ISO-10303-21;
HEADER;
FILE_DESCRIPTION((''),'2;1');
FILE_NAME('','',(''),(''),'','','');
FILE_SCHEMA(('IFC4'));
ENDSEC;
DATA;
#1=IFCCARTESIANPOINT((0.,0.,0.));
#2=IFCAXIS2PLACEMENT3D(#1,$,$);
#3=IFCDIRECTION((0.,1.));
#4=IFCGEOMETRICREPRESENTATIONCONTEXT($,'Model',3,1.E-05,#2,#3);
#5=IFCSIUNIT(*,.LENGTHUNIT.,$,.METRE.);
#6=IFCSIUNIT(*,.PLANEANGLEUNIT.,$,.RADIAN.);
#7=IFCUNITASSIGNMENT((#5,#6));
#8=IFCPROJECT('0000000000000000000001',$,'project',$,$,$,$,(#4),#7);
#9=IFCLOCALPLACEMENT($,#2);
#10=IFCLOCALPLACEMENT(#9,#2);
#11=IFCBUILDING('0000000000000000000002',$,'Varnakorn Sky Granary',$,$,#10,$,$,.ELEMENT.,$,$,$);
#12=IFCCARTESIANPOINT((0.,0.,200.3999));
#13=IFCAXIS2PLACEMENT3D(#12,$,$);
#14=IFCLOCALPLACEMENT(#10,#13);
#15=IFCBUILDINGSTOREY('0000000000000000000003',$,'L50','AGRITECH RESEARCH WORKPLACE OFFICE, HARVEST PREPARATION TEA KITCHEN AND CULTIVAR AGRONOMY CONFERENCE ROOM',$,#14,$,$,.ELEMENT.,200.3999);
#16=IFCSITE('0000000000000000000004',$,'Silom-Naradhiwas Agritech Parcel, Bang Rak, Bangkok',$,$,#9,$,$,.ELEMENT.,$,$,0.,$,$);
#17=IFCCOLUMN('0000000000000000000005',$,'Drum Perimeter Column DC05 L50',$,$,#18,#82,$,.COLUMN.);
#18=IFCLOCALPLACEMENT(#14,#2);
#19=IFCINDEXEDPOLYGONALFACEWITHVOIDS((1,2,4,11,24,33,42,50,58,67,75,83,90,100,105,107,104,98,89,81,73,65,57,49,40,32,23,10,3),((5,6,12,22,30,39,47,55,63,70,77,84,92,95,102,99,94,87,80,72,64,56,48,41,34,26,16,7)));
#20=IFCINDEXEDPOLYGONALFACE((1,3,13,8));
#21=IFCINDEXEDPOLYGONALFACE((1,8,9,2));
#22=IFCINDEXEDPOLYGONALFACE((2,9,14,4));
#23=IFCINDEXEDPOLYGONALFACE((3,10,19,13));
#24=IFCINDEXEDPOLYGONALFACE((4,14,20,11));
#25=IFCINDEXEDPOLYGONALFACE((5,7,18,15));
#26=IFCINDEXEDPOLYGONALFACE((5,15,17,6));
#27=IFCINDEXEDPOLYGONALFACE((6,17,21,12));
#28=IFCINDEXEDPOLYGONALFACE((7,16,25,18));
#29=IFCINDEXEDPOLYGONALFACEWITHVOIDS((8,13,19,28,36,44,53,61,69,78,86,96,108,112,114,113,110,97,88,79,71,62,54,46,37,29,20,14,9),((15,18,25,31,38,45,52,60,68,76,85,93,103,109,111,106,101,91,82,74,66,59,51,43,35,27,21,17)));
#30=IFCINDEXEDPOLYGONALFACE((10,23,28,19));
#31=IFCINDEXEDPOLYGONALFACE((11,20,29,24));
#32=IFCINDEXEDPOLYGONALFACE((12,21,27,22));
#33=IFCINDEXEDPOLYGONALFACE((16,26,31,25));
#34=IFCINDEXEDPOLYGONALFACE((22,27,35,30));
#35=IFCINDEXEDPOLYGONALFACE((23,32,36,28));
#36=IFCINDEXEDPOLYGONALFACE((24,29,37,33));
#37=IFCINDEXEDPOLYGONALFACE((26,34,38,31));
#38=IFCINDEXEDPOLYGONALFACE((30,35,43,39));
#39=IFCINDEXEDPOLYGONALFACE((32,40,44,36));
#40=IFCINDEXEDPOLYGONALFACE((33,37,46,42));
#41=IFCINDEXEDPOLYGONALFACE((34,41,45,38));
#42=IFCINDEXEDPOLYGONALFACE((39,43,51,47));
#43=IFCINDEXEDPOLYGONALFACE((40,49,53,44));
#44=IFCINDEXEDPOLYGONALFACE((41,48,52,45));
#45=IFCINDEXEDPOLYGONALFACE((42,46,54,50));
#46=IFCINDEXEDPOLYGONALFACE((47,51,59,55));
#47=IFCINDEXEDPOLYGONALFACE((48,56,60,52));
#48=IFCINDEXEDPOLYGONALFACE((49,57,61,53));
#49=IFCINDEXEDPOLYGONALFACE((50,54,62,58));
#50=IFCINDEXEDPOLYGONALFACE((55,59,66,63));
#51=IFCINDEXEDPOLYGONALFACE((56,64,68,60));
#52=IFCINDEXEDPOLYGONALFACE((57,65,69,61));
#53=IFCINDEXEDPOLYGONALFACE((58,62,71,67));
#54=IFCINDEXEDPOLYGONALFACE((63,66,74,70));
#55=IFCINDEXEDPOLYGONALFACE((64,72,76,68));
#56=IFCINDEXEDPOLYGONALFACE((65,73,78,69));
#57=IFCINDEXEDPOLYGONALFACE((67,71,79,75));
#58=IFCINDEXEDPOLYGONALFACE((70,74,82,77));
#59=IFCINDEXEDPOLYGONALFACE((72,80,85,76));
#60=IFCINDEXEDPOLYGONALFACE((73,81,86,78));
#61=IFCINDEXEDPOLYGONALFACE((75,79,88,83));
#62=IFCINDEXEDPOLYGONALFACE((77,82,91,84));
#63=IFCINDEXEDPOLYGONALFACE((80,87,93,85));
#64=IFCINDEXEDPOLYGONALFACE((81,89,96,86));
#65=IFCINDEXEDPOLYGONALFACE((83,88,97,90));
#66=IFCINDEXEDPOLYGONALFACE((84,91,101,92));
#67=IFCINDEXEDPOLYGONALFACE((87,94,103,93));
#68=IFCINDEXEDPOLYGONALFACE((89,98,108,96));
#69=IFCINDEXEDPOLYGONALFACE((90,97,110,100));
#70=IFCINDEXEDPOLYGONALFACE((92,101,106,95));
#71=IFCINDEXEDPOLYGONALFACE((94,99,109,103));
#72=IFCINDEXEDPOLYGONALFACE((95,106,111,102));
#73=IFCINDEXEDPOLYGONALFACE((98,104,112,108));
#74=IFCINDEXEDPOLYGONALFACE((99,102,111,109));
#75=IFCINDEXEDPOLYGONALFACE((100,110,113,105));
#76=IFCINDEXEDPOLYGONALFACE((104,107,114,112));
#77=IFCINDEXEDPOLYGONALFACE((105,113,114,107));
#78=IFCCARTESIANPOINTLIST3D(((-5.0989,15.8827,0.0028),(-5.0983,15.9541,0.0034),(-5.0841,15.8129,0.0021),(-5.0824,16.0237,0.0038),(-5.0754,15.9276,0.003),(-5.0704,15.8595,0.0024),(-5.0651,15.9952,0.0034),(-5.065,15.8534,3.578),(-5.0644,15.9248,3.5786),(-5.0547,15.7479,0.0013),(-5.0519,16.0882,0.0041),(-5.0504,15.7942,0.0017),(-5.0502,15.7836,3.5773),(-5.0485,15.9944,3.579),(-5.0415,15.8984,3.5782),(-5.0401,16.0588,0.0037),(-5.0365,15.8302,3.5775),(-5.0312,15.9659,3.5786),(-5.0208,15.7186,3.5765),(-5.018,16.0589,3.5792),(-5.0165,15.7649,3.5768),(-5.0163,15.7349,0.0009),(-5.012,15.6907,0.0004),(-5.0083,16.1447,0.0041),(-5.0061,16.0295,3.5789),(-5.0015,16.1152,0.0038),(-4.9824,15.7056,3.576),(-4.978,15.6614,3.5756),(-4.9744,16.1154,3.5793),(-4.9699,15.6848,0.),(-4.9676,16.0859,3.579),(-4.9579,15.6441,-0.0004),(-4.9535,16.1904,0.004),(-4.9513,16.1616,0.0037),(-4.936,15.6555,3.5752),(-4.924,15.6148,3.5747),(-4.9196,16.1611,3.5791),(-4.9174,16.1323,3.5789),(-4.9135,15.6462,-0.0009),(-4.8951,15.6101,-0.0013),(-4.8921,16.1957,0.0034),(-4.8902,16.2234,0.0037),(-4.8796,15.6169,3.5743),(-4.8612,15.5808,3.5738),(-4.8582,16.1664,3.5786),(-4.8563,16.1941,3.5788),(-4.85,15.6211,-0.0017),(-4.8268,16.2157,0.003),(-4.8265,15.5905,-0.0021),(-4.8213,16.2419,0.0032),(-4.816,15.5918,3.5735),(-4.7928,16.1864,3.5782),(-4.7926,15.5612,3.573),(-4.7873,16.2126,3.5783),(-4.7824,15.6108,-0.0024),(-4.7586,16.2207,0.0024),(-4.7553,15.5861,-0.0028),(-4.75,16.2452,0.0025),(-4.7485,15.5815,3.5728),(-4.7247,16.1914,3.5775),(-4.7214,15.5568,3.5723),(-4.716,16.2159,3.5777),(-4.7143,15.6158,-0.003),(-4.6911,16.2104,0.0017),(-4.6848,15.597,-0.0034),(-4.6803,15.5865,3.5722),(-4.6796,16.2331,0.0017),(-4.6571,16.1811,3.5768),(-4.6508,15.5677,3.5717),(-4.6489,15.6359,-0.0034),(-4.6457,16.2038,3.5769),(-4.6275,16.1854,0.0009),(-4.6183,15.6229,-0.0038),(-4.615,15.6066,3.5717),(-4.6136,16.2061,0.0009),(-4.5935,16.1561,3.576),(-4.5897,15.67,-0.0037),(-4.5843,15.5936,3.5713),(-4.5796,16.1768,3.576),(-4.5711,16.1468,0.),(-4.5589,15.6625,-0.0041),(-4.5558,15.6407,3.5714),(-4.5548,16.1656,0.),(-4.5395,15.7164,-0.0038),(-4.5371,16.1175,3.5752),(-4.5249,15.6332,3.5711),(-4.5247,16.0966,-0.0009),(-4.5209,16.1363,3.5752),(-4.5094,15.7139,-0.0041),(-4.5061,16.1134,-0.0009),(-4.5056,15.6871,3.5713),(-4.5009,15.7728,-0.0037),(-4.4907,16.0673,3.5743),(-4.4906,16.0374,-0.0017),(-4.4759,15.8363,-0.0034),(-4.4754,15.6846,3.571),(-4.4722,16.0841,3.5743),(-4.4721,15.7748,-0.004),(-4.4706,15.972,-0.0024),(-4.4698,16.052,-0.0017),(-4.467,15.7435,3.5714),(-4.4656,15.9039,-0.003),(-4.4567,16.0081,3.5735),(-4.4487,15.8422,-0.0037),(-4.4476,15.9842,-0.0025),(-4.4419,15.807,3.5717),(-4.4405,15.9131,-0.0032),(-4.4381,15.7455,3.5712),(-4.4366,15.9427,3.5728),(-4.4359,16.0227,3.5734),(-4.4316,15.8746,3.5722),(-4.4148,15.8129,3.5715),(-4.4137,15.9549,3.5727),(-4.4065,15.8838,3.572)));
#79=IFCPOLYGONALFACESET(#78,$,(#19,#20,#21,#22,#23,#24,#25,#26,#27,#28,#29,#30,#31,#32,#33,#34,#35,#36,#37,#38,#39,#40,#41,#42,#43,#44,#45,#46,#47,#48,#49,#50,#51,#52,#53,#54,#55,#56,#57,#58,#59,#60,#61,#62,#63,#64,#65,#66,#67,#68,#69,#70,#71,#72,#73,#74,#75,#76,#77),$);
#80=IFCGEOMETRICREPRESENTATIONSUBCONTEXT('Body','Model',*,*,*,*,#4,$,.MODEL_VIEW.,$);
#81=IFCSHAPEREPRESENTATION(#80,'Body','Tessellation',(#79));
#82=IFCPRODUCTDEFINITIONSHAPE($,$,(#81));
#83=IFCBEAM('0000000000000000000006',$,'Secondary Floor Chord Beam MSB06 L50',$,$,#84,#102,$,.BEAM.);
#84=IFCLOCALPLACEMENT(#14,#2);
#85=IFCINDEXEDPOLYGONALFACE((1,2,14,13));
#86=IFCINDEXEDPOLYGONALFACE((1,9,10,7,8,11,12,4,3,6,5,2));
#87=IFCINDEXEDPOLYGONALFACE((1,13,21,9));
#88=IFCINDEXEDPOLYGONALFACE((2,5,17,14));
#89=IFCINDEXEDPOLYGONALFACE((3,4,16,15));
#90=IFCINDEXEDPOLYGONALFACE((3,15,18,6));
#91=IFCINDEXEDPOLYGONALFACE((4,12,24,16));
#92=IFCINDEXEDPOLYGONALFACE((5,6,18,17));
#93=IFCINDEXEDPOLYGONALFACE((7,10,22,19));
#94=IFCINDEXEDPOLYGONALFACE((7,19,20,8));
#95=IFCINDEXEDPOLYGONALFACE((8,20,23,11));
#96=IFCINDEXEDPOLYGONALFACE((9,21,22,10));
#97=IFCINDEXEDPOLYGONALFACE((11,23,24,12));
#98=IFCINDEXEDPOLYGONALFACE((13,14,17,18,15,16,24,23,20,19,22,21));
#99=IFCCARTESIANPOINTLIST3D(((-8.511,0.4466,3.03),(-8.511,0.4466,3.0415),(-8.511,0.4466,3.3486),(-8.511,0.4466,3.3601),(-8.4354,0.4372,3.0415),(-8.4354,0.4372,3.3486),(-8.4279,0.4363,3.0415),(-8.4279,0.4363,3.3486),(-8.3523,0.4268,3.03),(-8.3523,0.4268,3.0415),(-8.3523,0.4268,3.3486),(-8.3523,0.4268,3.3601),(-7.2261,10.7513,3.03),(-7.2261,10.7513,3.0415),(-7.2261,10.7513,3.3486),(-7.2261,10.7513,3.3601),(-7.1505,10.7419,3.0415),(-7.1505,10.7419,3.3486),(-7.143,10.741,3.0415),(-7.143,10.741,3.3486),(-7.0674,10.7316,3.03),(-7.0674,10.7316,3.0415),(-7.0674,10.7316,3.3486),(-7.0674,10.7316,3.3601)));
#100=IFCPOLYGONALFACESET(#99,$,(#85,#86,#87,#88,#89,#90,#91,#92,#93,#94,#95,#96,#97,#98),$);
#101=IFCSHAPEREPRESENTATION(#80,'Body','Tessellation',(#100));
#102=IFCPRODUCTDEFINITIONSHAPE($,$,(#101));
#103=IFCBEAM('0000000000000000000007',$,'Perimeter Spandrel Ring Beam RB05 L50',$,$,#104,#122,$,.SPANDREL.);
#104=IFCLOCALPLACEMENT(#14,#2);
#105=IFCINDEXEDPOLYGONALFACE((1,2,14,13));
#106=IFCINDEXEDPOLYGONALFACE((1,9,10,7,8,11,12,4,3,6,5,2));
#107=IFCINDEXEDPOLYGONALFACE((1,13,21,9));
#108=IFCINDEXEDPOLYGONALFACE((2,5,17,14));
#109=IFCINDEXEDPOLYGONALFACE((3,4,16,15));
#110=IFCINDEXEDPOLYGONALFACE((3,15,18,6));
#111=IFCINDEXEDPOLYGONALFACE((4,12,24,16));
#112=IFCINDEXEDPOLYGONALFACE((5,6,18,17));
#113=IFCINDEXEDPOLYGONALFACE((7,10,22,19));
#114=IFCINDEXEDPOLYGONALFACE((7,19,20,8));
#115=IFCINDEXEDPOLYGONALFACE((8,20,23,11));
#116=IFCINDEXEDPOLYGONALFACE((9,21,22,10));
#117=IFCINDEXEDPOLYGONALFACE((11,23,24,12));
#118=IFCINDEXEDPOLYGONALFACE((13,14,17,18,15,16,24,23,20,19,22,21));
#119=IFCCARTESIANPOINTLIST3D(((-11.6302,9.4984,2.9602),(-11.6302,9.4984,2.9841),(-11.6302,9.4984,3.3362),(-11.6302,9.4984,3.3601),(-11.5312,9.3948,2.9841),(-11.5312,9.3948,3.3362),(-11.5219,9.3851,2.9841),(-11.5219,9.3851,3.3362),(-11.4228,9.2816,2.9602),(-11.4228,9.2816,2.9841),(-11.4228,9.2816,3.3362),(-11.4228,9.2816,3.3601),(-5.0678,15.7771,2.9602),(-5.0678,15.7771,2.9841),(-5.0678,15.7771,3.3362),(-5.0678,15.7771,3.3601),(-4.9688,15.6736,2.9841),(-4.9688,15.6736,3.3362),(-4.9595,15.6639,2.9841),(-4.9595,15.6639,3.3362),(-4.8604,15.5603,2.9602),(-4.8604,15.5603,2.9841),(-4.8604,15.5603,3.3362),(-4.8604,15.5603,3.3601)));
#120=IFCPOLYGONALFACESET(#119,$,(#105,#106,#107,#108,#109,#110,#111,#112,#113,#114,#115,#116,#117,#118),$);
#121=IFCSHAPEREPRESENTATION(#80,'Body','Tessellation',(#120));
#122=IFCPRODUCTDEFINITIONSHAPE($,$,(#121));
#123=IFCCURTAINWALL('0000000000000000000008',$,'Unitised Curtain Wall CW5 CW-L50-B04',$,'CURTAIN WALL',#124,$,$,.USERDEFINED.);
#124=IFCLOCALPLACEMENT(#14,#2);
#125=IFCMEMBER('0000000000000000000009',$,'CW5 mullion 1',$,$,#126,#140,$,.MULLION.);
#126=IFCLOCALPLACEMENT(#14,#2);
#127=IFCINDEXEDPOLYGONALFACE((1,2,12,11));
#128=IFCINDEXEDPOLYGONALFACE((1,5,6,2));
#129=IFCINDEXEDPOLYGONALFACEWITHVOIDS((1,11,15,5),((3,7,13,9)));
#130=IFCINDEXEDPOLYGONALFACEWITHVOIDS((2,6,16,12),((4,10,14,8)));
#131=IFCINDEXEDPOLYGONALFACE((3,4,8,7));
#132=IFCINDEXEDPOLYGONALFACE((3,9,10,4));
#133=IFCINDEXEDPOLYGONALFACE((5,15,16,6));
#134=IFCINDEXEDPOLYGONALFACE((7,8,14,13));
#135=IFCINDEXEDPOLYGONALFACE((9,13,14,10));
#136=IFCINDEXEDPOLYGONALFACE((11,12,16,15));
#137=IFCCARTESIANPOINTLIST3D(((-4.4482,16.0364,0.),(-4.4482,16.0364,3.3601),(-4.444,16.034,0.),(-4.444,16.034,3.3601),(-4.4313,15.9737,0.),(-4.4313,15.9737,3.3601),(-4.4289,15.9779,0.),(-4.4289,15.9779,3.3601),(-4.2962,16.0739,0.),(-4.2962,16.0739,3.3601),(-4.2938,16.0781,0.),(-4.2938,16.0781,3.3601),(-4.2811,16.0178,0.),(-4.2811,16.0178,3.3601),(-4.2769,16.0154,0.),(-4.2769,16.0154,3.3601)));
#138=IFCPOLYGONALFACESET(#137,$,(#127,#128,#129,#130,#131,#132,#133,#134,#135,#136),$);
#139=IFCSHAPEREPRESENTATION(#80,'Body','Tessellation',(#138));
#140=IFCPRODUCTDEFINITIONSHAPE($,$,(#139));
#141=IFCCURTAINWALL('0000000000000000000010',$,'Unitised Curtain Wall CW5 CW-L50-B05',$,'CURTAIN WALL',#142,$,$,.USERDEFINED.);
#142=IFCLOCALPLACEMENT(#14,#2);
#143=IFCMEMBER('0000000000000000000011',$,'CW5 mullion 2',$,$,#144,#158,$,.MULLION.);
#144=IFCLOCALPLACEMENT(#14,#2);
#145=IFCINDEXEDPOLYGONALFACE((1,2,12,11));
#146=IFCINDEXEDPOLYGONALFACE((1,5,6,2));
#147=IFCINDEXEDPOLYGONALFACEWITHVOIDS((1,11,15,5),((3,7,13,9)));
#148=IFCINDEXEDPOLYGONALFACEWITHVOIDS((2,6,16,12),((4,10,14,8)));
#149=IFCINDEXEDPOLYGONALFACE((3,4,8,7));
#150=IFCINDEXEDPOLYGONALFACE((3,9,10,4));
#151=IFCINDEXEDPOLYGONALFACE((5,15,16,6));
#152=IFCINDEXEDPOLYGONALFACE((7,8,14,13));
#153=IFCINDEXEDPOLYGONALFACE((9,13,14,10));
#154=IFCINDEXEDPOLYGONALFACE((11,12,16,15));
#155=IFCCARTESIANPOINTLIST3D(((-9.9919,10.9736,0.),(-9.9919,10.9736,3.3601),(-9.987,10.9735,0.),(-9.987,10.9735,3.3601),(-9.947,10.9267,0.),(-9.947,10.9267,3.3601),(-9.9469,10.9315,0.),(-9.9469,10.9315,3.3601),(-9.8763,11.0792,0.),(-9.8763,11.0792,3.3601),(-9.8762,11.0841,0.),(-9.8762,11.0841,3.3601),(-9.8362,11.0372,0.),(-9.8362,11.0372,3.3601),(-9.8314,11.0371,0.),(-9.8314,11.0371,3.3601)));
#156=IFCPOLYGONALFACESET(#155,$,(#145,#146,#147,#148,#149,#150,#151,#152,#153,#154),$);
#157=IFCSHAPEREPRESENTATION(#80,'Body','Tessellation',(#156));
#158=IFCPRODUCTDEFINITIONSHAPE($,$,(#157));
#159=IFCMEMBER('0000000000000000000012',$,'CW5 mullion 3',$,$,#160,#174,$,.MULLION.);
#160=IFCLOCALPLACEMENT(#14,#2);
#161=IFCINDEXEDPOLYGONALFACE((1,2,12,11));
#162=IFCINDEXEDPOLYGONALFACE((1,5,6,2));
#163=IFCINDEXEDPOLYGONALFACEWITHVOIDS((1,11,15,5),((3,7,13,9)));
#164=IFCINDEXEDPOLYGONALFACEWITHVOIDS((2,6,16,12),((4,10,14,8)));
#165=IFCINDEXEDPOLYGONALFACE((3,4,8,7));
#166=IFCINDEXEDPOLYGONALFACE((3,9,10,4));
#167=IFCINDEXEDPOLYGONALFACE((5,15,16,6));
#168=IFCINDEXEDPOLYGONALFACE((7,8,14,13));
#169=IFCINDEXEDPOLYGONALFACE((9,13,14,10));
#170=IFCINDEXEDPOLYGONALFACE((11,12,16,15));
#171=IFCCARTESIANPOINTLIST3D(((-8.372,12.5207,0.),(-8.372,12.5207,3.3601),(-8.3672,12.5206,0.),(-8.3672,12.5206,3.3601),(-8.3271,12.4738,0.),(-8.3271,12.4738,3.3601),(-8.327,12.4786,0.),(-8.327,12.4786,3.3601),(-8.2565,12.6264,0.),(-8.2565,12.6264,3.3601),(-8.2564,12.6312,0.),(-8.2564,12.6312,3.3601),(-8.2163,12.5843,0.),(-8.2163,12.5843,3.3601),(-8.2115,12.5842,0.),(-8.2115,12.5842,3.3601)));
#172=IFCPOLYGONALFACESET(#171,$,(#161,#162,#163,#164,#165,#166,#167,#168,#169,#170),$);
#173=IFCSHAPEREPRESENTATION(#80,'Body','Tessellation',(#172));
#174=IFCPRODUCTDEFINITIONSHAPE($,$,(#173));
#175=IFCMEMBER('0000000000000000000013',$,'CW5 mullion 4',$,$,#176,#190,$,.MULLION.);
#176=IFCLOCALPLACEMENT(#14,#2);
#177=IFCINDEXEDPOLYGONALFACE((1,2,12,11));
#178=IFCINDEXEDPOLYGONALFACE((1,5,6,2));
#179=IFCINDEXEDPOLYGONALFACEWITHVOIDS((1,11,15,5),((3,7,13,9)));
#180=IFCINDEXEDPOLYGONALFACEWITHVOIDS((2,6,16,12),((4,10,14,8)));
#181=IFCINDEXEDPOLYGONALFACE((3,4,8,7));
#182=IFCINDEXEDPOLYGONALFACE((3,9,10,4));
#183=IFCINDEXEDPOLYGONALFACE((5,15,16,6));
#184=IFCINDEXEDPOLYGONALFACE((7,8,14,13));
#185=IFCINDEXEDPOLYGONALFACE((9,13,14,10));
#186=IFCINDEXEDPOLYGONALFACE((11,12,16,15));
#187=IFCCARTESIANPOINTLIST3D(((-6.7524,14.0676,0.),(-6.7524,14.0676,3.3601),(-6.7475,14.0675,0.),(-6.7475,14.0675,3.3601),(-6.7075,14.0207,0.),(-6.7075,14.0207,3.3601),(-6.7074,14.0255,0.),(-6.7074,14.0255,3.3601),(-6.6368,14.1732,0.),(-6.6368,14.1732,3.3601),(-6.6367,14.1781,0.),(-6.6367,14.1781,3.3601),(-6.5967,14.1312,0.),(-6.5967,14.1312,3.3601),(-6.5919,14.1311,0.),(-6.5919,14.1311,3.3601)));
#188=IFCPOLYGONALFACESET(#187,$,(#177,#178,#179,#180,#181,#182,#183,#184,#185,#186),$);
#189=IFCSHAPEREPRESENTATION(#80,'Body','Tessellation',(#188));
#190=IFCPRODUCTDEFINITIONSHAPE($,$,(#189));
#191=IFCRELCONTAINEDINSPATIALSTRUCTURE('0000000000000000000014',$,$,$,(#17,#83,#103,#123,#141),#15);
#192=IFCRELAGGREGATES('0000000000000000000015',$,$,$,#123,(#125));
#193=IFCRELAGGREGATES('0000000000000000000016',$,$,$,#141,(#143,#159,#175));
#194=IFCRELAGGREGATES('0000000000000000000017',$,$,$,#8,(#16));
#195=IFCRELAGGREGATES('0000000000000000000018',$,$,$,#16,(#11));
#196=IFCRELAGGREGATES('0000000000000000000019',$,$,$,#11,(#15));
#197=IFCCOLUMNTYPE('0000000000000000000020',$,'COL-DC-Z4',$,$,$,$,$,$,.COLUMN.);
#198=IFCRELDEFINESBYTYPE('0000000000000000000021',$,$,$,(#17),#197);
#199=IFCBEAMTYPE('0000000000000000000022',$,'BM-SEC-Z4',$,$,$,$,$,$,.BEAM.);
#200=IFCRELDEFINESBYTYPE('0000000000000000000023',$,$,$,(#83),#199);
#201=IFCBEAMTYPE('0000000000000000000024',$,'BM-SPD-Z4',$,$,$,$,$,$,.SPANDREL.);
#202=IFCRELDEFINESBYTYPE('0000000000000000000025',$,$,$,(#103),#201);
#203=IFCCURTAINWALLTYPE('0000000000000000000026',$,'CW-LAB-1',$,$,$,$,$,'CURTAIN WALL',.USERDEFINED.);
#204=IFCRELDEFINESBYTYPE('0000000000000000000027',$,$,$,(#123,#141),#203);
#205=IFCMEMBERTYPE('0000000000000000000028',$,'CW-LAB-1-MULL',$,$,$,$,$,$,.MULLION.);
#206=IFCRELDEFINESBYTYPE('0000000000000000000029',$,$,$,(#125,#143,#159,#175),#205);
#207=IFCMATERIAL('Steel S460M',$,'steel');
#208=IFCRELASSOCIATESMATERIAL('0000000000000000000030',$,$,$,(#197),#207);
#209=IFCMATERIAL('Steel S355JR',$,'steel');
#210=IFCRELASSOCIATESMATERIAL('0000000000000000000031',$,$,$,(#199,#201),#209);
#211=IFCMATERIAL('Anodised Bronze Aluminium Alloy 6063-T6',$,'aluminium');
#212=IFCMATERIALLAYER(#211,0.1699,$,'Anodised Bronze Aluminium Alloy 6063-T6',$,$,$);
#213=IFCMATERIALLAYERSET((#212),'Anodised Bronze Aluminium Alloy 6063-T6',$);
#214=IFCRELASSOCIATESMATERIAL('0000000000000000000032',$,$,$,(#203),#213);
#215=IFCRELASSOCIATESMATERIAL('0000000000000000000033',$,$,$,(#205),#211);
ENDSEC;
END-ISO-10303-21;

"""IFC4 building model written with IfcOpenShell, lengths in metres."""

from ifc_helpers import new_model, si_unit, direction, frame, origin, origin_2d, place, context, subcontext, project, spatial, hollow_rectangle, hollow_circle, i_section, extrude, material, layer, layer_set, material_profile, profile_set, type_object, element, aggregate, save


model = new_model("IFC4")

# Units and contexts
model_context = context("Model", 3, precision=1e-05, world=origin(), true_north=direction((0.0, 1.0)))
body_context = subcontext(model_context, "Body", "Model", "MODEL_VIEW")
ifc_project = project(units=[si_unit("LENGTHUNIT", "METRE"), si_unit("PLANEANGLEUNIT", "RADIAN")], contexts=[model_context])

# Site, building, storey
site_placement = place(None, origin())
site = spatial("IfcSite", under=ifc_project, at=site_placement, Name="Silom-Naradhiwas Agritech Parcel, Bang Rak, Bangkok", CompositionType="ELEMENT", RefElevation=0.0)
building_placement = place(site_placement, origin())
building = spatial("IfcBuilding", under=site, at=building_placement, Name="Varnakorn Sky Granary", CompositionType="ELEMENT")
storey_placement = place(building_placement, frame((0.0, 0.0, 200.3999)))
storey = spatial("IfcBuildingStorey", under=building, at=storey_placement, Name="L50", Description="AGRITECH RESEARCH WORKPLACE OFFICE, HARVEST PREPARATION TEA KITCHEN AND CULTIVAR AGRONOMY CONFERENCE ROOM", CompositionType="ELEMENT", Elevation=200.3999)

# Column
ifc_material_1 = material(Name="Steel S460M", Category="steel")
ifc_material_profile_1 = material_profile(ifc_material_1, hollow_circle(Radius=0.3301, WallThickness=0.0249, at=origin_2d()), Name="CHS 660x25")
ifc_profile_set_1 = profile_set([ifc_material_profile_1], Name="Steel S460M")
column_type = type_object("IfcColumnType", Name="COL-DC-Z4", PredefinedType="COLUMN", material=ifc_profile_set_1)
column_placement = place(storey_placement, frame((-4.7705, 15.9158, 0.0), z_axis=(0.009491, -0.008194, 0.999921), x_axis=(0.653478, 0.756945, 0.0)))
element("IfcColumn", 1, at=column_placement, inside=storey, type_object=column_type, Name="Drum Perimeter Column DC05 L50", PredefinedType="COLUMN", context=body_context, shape_type="SweptSolid", body=[
    extrude(hollow_circle(Radius=0.3301, WallThickness=0.0249, at=origin_2d()), origin(), (0.0, 0.0, 1.0), 3.5754),
])

# Beams
ifc_material_2 = material(Name="Steel S355JR", Category="steel")
ifc_material_profile_2 = material_profile(ifc_material_2, i_section(OverallWidth=0.1599, OverallDepth=0.3301, WebThickness=0.0076, FlangeThickness=0.0115, at=origin_2d()), Name="IPE 330")
ifc_profile_set_2 = profile_set([ifc_material_profile_2], Name="Steel S355JR")
beam_type_1 = type_object("IfcBeamType", Name="BM-SEC-Z4", PredefinedType="BEAM", material=ifc_profile_set_2)
beam_1_placement = place(storey_placement, frame((-7.1467, 10.7415, 3.1951), z_axis=(-0.123734, -0.992315, 0.0), x_axis=(0.992315, -0.123734, 0.0)))
element("IfcBeam", 2, at=beam_1_placement, inside=storey, type_object=beam_type_1, Name="Secondary Floor Chord Beam MSB06 L50", PredefinedType="BEAM", context=body_context, shape_type="SweptSolid", body=[
    extrude(i_section(OverallWidth=0.1599, OverallDepth=0.3301, WebThickness=0.0076, FlangeThickness=0.0115, at=origin_2d()), origin(), (0.0, 0.0, 1.0), 10.3845),
])
ifc_material_profile_3 = material_profile(ifc_material_2, i_section(OverallWidth=0.3, OverallDepth=0.3999, WebThickness=0.0134, FlangeThickness=0.0239, at=origin_2d()), Name="HE 400 B")
ifc_profile_set_3 = profile_set([ifc_material_profile_3], Name="Steel S355JR")
beam_type_2 = type_object("IfcBeamType", Name="BM-SPD-Z4", PredefinedType="SPANDREL", material=ifc_profile_set_3)
beam_2_placement = place(storey_placement, frame((-4.9641, 15.6687, 3.1602), z_axis=(-0.722552, -0.691317, 0.0), x_axis=(0.691317, -0.722552, 0.0)))
element("IfcBeam", 3, at=beam_2_placement, inside=storey, type_object=beam_type_2, Name="Perimeter Spandrel Ring Beam RB05 L50", PredefinedType="SPANDREL", context=body_context, shape_type="SweptSolid", body=[
    extrude(i_section(OverallWidth=0.3, OverallDepth=0.3999, WebThickness=0.0134, FlangeThickness=0.0239, at=origin_2d()), origin(), (0.0, 0.0, 1.0), 9.0823),
])

# Curtain wall, member
ifc_material_3 = material(Name="Anodised Bronze Aluminium Alloy 6063-T6", Category="aluminium")
ifc_layer_1 = layer(ifc_material_3, 0.1699, Name="Anodised Bronze Aluminium Alloy 6063-T6")
ifc_layer_set_1 = layer_set([ifc_layer_1], Name="Anodised Bronze Aluminium Alloy 6063-T6")
curtain_wall_type = type_object("IfcCurtainWallType", Name="CW-LAB-1", ElementType="CURTAIN WALL", PredefinedType="USERDEFINED", material=ifc_layer_set_1)
curtain_wall_1_placement = place(storey_placement, origin())
curtain_wall_1 = element("IfcCurtainWall", 4, at=curtain_wall_1_placement, inside=storey, type_object=curtain_wall_type, Name="Unitised Curtain Wall CW5 CW-L50-B04", ObjectType="CURTAIN WALL", PredefinedType="USERDEFINED")
ifc_material_profile_4 = material_profile(ifc_material_3, hollow_rectangle(XDim=0.0649, YDim=0.1599, WallThickness=0.0034, at=origin_2d()), Name="ALU MULL 65x160")
ifc_profile_set_4 = profile_set([ifc_material_profile_4], Name="Anodised Bronze Aluminium Alloy 6063-T6")
member_type_1 = type_object("IfcMemberType", Name="CW-LAB-1-MULL", PredefinedType="MULLION", material=ifc_profile_set_4)
member_1_placement = place(storey_placement, frame((-4.3625, 16.0259, 0.0), z_axis=(0.0, 0.0, 1.0), x_axis=(-0.260643, 0.965435, 0.0)))
member_1 = element("IfcMember", 5, at=member_1_placement, type_object=member_type_1, Name="CW5 mullion 1", PredefinedType="MULLION", context=body_context, shape_type="SweptSolid", body=[
    extrude(hollow_rectangle(XDim=0.0649, YDim=0.1599, WallThickness=0.0034, at=origin_2d()), origin(), (0.0, 0.0, 1.0), 3.3601),
])

# Curtain wall, members
curtain_wall_2_placement = place(storey_placement, origin())
curtain_wall_2 = element("IfcCurtainWall", 6, at=curtain_wall_2_placement, inside=storey, type_object=curtain_wall_type, Name="Unitised Curtain Wall CW5 CW-L50-B05", ObjectType="CURTAIN WALL", PredefinedType="USERDEFINED")
member_2_placement = place(storey_placement, frame((-9.9116, 11.0054, 0.0), z_axis=(0.0, 0.0, 1.0), x_axis=(-0.690697, 0.723144, 0.0)))
member_2 = element("IfcMember", 7, at=member_2_placement, type_object=member_type_1, Name="CW5 mullion 2", PredefinedType="MULLION", context=body_context, shape_type="SweptSolid", body=[
    extrude(hollow_rectangle(XDim=0.0649, YDim=0.1599, WallThickness=0.0034, at=origin_2d()), origin(), (0.0, 0.0, 1.0), 3.3601),
])
member_3_placement = place(storey_placement, frame((-8.2917, 12.5525, 0.0), z_axis=(0.0, 0.0, 1.0), x_axis=(-0.690697, 0.723144, 0.0)))
member_3 = element("IfcMember", 8, at=member_3_placement, type_object=member_type_1, Name="CW5 mullion 3", PredefinedType="MULLION", context=body_context, shape_type="SweptSolid", body=[
    extrude(hollow_rectangle(XDim=0.0649, YDim=0.1599, WallThickness=0.0034, at=origin_2d()), origin(), (0.0, 0.0, 1.0), 3.3601),
])
member_4_placement = place(storey_placement, frame((-6.6721, 14.0994, 0.0), z_axis=(0.0, 0.0, 1.0), x_axis=(-0.690697, 0.723144, 0.0)))
member_4 = element("IfcMember", 9, at=member_4_placement, type_object=member_type_1, Name="CW5 mullion 4", PredefinedType="MULLION", context=body_context, shape_type="SweptSolid", body=[
    extrude(hollow_rectangle(XDim=0.0649, YDim=0.1599, WallThickness=0.0034, at=origin_2d()), origin(), (0.0, 0.0, 1.0), 3.3601),
])

aggregate(curtain_wall_1, [member_1])

aggregate(curtain_wall_2, [member_2, member_3, member_4])

save(model, "model.ifc")
